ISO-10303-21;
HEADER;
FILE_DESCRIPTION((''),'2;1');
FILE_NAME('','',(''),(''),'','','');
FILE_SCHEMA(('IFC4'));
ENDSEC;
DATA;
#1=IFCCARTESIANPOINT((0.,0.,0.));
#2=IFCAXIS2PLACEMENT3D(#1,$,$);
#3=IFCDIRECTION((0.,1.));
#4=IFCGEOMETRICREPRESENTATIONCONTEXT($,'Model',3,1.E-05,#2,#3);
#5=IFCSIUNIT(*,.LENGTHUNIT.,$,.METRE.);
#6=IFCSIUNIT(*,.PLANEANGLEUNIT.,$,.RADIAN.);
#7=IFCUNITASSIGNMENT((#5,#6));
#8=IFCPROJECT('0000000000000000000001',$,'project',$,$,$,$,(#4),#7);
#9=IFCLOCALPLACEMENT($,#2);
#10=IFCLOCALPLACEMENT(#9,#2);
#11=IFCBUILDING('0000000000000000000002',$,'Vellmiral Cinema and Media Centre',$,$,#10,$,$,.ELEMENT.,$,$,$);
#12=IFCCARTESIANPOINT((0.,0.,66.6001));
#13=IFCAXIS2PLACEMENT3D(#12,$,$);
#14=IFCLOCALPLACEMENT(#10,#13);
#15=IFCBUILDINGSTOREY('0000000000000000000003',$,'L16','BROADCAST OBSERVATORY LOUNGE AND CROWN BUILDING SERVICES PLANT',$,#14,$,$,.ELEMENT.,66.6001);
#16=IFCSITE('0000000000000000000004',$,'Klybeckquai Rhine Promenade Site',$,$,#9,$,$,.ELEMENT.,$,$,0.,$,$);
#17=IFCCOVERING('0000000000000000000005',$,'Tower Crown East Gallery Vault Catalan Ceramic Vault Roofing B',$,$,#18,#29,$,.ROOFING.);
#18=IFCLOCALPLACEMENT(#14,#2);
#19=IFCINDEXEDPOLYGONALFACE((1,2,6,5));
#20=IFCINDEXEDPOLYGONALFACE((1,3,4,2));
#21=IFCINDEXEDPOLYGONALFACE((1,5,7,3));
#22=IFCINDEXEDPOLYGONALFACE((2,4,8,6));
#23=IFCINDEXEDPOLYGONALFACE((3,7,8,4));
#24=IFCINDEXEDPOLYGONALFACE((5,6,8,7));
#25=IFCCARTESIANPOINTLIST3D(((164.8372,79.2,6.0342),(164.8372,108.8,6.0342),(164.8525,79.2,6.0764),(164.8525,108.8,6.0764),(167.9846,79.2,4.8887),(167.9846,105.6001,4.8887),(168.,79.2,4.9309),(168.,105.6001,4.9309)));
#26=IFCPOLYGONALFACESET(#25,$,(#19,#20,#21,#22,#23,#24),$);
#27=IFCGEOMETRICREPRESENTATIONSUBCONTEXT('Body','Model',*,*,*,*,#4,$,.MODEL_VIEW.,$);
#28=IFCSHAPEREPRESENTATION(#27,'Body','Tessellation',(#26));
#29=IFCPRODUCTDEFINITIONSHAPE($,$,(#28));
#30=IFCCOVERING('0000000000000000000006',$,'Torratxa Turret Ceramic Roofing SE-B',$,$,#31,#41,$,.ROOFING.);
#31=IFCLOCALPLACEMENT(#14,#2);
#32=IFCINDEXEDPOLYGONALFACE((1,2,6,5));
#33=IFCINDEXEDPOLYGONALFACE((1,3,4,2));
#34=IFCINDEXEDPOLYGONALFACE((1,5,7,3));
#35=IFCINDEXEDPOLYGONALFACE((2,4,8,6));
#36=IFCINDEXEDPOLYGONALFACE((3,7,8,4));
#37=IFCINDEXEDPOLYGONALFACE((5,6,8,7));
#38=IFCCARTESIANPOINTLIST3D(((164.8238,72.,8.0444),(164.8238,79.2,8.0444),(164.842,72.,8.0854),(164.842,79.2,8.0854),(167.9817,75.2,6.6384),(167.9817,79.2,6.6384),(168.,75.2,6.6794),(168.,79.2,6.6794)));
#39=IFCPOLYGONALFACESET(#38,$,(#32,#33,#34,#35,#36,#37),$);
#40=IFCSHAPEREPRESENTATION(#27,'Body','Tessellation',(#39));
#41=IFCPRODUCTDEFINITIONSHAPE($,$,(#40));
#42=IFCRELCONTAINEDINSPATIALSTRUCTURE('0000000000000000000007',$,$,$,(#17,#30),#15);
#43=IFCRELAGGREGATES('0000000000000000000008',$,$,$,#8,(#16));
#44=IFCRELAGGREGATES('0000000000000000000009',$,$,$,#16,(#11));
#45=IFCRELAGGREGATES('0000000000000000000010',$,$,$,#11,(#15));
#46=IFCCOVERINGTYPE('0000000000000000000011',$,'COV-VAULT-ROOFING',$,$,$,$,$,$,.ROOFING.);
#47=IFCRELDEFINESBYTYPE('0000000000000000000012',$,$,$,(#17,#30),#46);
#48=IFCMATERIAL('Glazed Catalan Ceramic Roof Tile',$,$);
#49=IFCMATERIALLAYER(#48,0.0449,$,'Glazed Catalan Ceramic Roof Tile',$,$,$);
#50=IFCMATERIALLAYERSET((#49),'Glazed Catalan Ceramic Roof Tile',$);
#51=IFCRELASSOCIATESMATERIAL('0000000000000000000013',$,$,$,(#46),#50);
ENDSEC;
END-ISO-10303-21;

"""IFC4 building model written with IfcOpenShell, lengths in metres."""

from ifc_helpers import new_model, si_unit, direction, frame, origin, place, context, subcontext, project, spatial, polyline, outline, extrude, material, layer, layer_set, type_object, element, save


model = new_model("IFC4")

# Units and contexts
model_context = context("Model", 3, precision=1e-05, world=origin(), true_north=direction((0.0, 1.0)))
body_context = subcontext(model_context, "Body", "Model", "MODEL_VIEW")
ifc_project = project(units=[si_unit("LENGTHUNIT", "METRE"), si_unit("PLANEANGLEUNIT", "RADIAN")], contexts=[model_context])

# Site, building, storey
site_placement = place(None, origin())
site = spatial("IfcSite", under=ifc_project, at=site_placement, Name="Klybeckquai Rhine Promenade Site", CompositionType="ELEMENT", RefElevation=0.0)
building_placement = place(site_placement, origin())
building = spatial("IfcBuilding", under=site, at=building_placement, Name="Vellmiral Cinema and Media Centre", CompositionType="ELEMENT")
storey_placement = place(building_placement, frame((0.0, 0.0, 66.6001)))
storey = spatial("IfcBuildingStorey", under=building, at=storey_placement, Name="L16", Description="BROADCAST OBSERVATORY LOUNGE AND CROWN BUILDING SERVICES PLANT", CompositionType="ELEMENT", Elevation=66.6001)

# Coverings
ifc_material_1 = material(Name="Glazed Catalan Ceramic Roof Tile")
ifc_layer_1 = layer(ifc_material_1, 0.0449, Name="Glazed Catalan Ceramic Roof Tile")
ifc_layer_set_1 = layer_set([ifc_layer_1], Name="Glazed Catalan Ceramic Roof Tile")
covering_type = type_object("IfcCoveringType", Name="COV-VAULT-ROOFING", PredefinedType="ROOFING", material=ifc_layer_set_1)
covering_1_placement = place(storey_placement, frame((164.8525, 79.2, 6.0764), z_axis=(0.342001, 0.0, 0.9397), x_axis=(0.9397, 0.0, -0.342001)))
element("IfcCovering", 1, at=covering_1_placement, inside=storey, type_object=covering_type, Name="Tower Crown East Gallery Vault Catalan Ceramic Vault Roofing B", PredefinedType="ROOFING", context=body_context, shape_type="SweptSolid", body=[
    extrude(outline(polyline([(0.0, 0.0), (3.3494, 0.0), (3.3494, 26.4001), (0.0, 29.6001), (0.0, 0.0)])), origin(), (0.0, 0.0, -1.0), 0.0449),
])
covering_2_placement = place(storey_placement, frame((164.842, 72.0, 8.0854), z_axis=(0.406735, 0.0, 0.913546), x_axis=(0.670402, 0.679316, -0.29848)))
element("IfcCovering", 2, at=covering_2_placement, inside=storey, type_object=covering_type, Name="Torratxa Turret Ceramic Roofing SE-B", PredefinedType="ROOFING", context=body_context, shape_type="SweptSolid", body=[
    extrude(outline(polyline([(0.0, 0.0), (4.7105, 0.0), (7.4278, 2.9354), (4.891, 5.2837), (0.0, 0.0)])), origin(), (0.0, 0.0, -1.0), 0.0449),
])

save(model, "model.ifc")
